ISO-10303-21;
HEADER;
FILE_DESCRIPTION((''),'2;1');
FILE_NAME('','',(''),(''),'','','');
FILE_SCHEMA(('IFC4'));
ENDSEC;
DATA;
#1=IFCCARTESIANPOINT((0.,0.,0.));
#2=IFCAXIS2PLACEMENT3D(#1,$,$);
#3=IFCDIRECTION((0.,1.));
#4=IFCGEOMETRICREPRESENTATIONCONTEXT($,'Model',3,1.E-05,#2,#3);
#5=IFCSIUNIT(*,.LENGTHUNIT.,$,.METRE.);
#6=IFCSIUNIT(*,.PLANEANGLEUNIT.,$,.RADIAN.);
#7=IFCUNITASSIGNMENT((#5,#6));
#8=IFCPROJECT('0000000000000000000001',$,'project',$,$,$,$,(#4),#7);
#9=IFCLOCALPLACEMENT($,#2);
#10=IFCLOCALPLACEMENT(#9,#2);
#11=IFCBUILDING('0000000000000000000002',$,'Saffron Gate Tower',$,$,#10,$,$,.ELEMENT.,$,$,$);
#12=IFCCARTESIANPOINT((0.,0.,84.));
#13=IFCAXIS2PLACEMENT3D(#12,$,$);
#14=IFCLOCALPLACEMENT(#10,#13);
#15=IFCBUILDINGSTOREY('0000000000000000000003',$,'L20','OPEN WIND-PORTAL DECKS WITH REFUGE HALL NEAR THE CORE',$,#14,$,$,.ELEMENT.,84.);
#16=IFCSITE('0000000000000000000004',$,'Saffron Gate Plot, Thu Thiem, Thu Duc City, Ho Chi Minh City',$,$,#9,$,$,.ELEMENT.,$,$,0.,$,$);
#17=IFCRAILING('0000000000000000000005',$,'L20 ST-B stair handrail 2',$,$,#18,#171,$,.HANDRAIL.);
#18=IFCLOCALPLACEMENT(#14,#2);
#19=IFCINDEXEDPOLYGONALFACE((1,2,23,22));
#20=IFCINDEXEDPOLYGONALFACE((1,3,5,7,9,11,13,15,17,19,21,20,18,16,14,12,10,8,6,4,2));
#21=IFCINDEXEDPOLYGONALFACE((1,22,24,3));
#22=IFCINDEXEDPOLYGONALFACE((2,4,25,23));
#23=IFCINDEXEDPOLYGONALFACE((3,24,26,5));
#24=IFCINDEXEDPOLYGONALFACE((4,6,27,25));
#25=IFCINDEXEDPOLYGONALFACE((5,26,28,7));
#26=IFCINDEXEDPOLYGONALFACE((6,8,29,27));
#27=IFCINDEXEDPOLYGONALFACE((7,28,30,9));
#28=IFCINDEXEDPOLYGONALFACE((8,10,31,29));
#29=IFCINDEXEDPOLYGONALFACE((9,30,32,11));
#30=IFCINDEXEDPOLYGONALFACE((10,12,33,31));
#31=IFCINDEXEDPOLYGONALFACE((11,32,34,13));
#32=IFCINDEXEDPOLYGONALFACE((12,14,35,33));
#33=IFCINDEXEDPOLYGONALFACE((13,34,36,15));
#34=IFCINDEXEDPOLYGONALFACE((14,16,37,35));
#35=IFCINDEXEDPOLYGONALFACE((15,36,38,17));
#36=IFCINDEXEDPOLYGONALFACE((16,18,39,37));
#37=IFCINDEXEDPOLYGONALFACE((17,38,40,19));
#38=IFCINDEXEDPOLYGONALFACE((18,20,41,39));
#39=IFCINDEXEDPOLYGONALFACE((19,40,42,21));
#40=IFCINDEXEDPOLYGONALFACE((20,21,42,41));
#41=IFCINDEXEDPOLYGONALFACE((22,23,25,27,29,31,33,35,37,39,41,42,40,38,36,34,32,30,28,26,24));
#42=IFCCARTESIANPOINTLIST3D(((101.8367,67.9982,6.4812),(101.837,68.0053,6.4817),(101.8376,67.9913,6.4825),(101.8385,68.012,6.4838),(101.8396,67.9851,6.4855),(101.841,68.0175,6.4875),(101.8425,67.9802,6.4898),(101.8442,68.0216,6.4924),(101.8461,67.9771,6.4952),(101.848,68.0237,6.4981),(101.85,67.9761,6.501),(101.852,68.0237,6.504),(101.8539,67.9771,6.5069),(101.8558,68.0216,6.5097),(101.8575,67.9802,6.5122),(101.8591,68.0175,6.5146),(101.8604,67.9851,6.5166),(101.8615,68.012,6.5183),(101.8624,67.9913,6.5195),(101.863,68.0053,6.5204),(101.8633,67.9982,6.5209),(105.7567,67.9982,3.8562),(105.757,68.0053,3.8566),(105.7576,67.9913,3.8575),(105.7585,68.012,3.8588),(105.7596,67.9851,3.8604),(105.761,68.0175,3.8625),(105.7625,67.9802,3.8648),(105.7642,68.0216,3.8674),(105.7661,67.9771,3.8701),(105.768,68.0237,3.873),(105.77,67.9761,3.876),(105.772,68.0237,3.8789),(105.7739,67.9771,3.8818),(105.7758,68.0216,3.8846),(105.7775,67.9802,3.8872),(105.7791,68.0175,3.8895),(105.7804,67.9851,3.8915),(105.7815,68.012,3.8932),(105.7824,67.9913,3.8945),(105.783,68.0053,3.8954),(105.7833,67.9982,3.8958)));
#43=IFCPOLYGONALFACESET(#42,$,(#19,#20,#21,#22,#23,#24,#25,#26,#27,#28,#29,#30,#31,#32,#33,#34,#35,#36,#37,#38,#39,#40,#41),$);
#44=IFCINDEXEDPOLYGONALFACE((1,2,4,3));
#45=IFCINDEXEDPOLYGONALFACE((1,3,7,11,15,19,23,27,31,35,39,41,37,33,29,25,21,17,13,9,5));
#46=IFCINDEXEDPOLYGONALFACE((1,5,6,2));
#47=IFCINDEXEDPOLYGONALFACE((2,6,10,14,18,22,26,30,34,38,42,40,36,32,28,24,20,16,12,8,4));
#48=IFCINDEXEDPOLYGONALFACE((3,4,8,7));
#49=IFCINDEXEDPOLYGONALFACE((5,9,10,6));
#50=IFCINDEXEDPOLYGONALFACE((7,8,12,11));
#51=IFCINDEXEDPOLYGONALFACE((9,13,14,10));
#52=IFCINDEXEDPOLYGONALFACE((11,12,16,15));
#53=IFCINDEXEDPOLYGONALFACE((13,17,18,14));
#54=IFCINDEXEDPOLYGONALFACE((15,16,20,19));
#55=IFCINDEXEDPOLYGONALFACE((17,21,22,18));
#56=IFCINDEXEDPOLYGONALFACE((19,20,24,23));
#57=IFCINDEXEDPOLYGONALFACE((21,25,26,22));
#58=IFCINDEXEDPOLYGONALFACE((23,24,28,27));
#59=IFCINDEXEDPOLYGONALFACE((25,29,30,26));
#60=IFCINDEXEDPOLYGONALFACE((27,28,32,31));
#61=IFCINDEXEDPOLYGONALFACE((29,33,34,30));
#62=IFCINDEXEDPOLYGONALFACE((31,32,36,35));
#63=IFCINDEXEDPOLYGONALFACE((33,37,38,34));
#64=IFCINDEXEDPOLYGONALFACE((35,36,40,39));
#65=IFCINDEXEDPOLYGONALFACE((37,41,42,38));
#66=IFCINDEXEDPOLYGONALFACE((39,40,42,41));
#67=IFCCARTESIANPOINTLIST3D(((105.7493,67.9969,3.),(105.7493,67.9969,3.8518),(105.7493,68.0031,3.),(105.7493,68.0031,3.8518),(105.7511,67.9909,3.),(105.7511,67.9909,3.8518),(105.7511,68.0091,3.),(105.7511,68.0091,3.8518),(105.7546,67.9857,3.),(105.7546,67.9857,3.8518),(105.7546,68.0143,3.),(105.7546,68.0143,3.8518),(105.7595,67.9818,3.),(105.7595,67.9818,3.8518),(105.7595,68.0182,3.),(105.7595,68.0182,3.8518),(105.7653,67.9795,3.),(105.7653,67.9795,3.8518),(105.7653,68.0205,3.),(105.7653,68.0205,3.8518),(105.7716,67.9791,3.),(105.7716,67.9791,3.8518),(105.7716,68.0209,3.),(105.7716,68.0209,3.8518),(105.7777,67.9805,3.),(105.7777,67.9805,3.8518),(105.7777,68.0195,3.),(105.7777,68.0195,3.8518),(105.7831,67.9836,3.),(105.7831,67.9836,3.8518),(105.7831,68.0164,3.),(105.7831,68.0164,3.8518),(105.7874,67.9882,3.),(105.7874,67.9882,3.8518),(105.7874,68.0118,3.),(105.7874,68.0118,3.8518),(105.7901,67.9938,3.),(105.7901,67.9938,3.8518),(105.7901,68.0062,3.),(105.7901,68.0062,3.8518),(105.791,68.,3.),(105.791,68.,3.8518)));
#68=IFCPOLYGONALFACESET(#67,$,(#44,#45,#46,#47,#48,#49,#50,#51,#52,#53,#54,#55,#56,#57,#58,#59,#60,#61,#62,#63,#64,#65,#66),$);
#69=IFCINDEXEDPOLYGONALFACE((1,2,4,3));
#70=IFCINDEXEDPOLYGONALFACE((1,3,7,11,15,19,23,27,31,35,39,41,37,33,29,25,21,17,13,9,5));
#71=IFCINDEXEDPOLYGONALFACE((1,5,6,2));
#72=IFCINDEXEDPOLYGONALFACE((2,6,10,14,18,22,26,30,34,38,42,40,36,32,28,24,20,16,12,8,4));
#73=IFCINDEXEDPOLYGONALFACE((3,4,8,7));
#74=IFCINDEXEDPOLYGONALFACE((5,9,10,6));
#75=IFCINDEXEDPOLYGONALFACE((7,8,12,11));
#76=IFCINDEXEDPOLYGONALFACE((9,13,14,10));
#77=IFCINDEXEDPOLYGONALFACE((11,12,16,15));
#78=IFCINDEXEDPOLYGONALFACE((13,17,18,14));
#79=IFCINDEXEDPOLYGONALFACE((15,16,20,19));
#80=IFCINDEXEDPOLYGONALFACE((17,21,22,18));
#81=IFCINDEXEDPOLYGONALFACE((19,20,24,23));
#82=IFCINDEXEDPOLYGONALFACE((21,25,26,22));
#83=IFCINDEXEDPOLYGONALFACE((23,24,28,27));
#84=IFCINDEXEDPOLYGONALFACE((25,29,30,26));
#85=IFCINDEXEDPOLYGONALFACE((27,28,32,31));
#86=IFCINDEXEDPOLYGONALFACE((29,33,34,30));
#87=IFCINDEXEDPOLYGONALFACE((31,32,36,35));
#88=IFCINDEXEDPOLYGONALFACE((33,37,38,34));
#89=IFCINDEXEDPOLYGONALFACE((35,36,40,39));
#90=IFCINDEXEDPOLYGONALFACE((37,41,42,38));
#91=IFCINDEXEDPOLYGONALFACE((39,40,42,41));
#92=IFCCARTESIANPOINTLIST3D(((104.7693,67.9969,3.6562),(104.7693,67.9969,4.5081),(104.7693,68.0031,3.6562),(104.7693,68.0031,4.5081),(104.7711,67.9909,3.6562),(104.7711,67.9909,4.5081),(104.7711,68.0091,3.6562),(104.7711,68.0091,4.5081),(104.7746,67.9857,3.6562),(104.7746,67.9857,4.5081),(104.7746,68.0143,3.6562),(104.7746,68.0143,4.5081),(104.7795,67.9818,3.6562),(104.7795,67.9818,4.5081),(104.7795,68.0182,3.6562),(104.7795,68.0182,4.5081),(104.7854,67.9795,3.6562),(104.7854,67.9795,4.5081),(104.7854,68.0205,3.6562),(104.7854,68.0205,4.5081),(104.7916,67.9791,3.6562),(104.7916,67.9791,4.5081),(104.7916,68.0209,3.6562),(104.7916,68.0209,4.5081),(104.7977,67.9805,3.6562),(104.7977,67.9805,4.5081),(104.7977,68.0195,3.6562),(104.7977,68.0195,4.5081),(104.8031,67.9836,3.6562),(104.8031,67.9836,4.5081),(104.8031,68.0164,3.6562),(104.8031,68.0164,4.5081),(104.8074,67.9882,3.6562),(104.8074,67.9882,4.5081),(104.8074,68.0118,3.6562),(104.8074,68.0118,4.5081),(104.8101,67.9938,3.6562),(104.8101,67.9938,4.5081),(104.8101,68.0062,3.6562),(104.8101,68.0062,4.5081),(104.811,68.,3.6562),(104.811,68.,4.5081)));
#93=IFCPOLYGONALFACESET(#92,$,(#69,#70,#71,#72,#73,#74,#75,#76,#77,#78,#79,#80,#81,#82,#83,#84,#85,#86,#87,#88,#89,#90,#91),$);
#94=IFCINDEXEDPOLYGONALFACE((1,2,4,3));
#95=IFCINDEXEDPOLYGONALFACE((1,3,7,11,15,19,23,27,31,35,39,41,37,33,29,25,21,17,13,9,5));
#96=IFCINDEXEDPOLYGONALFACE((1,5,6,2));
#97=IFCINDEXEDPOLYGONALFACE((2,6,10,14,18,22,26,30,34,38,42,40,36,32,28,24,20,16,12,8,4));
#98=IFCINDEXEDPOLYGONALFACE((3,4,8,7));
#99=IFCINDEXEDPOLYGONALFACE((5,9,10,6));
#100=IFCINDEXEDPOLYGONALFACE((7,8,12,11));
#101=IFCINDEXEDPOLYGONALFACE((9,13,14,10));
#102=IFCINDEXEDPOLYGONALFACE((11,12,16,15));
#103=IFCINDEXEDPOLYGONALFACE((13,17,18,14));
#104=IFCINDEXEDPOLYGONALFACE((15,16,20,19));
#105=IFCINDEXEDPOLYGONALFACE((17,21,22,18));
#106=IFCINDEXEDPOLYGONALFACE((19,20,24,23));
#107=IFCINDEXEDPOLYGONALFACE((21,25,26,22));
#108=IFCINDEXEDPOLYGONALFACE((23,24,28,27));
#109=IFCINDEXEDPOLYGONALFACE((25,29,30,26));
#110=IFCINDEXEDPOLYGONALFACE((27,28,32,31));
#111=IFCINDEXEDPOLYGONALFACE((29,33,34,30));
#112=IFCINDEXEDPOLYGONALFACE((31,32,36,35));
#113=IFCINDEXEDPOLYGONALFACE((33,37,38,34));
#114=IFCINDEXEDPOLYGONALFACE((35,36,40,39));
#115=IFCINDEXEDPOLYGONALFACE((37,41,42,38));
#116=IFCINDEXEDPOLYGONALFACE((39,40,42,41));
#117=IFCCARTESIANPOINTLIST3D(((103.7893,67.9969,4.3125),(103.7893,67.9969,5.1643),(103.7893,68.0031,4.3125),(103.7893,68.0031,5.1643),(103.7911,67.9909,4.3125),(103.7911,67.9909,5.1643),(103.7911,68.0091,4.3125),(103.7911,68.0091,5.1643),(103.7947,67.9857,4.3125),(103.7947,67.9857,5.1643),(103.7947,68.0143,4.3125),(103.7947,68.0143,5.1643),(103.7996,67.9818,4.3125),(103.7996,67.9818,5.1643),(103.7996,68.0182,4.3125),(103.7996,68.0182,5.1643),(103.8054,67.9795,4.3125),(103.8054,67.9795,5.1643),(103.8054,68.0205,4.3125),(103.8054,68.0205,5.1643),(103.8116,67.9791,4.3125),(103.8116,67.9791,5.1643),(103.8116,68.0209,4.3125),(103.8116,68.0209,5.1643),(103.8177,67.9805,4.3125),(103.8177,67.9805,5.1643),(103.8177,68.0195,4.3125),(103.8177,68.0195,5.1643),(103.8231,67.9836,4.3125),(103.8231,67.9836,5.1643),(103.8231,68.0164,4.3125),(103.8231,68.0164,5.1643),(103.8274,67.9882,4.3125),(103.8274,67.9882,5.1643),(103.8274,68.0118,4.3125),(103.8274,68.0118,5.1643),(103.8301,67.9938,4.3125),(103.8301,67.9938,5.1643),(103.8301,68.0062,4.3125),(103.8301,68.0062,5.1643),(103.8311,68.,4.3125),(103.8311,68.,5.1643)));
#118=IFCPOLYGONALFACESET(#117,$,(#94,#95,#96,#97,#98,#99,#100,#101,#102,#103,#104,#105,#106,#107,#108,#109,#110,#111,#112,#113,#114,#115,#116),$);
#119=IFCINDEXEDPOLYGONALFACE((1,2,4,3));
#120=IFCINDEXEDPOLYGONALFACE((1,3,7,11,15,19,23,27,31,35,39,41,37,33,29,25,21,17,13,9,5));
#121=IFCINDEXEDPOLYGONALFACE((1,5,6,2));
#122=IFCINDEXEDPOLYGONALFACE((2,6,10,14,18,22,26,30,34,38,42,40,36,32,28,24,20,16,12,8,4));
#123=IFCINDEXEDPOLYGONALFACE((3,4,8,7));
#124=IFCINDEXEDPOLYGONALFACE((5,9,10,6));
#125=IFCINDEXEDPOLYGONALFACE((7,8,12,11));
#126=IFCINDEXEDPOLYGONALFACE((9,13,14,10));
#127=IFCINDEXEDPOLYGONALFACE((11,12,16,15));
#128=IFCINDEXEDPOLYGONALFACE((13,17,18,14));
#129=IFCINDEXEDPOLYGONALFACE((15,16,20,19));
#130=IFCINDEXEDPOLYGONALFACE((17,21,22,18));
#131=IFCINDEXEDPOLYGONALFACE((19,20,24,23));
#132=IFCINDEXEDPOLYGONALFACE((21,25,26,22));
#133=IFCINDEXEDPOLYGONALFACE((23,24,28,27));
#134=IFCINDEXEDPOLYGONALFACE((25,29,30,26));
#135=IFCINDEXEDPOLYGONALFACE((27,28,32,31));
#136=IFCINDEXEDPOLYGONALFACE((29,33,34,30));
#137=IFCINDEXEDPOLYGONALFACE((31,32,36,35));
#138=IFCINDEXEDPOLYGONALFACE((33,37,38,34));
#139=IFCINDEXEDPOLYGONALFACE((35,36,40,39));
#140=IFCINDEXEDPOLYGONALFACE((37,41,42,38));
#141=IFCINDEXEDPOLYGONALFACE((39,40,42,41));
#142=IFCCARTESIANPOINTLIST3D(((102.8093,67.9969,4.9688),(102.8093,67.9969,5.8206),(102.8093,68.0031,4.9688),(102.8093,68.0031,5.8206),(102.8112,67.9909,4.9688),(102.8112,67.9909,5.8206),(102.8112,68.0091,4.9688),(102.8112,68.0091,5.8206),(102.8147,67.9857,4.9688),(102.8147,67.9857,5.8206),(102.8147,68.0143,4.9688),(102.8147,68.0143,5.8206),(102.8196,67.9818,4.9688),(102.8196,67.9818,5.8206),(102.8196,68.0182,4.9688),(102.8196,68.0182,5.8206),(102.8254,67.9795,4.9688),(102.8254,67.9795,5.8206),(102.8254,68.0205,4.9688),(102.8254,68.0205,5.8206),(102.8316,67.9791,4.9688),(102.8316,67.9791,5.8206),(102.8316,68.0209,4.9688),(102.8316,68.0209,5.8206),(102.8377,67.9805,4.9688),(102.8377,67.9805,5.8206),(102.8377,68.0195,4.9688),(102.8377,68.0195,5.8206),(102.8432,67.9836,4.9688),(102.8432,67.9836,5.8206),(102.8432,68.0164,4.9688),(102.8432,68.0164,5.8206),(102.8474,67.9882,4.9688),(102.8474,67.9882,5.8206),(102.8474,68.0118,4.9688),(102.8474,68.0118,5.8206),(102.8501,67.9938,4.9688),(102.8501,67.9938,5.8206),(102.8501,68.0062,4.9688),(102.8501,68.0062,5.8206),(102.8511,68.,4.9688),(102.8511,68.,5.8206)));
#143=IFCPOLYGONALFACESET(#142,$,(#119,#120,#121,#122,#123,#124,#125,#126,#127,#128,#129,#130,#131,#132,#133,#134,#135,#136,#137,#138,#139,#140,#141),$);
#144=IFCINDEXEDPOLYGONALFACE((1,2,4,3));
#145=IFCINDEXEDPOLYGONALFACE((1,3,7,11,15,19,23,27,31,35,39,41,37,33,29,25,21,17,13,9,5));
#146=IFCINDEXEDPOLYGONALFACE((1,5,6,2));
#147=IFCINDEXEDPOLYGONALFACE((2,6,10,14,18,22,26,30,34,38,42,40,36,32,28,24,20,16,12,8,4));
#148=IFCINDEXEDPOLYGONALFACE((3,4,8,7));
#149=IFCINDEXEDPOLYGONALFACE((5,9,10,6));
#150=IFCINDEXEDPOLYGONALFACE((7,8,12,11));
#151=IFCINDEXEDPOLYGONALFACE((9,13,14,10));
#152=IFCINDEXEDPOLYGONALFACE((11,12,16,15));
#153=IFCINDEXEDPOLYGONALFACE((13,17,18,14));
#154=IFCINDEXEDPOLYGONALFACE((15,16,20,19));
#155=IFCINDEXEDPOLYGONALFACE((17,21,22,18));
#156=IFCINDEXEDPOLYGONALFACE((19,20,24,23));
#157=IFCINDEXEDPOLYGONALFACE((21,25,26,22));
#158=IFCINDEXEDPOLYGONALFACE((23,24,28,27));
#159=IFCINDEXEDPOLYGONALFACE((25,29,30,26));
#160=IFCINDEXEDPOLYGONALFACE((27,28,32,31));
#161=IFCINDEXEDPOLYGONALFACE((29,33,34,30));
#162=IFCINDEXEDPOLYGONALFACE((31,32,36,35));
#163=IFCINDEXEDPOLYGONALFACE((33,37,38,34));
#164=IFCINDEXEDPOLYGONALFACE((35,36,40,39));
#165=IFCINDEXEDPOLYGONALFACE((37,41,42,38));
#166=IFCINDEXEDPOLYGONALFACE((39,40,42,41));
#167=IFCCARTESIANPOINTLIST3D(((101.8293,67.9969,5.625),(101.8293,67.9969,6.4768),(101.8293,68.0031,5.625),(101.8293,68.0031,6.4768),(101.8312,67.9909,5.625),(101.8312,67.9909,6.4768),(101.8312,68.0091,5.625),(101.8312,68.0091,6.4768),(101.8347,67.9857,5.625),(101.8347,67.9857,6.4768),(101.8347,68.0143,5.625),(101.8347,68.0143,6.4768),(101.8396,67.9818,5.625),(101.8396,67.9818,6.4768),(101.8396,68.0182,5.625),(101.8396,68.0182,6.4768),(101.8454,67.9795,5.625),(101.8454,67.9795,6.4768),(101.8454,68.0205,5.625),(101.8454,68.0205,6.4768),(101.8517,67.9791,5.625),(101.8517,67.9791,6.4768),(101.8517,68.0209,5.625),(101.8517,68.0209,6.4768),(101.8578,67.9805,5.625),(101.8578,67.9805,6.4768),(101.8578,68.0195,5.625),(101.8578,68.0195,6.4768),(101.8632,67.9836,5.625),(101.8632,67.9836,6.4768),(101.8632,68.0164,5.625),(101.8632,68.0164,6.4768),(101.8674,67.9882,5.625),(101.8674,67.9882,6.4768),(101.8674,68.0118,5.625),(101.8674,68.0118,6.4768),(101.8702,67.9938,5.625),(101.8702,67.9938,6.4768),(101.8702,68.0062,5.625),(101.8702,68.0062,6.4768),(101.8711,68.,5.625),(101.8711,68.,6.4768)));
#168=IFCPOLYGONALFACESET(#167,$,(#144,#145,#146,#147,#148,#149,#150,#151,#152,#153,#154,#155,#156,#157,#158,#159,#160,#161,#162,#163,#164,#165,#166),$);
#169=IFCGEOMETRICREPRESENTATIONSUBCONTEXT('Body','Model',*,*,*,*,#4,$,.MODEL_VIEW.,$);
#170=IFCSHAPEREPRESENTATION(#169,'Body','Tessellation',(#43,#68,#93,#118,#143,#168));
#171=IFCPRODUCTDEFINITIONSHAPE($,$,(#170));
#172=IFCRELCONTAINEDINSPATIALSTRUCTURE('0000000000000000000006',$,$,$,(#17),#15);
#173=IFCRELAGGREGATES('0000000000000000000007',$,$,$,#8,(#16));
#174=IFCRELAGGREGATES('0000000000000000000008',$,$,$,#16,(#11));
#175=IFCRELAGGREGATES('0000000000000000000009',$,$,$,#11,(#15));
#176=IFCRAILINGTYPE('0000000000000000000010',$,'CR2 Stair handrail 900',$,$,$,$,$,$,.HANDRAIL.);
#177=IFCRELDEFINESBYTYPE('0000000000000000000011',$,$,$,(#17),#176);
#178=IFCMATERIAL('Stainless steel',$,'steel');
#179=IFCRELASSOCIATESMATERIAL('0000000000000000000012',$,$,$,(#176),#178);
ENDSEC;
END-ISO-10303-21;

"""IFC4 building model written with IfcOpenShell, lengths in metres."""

from ifc_helpers import new_model, si_unit, direction, frame, origin, origin_2d, place, context, subcontext, project, spatial, circle, extrude, material, type_object, element, save


model = new_model("IFC4")

# Units and contexts
model_context = context("Model", 3, precision=1e-05, world=origin(), true_north=direction((0.0, 1.0)))
body_context = subcontext(model_context, "Body", "Model", "MODEL_VIEW")
ifc_project = project(units=[si_unit("LENGTHUNIT", "METRE"), si_unit("PLANEANGLEUNIT", "RADIAN")], contexts=[model_context])

# Site, building, storey
site_placement = place(None, origin())
site = spatial("IfcSite", under=ifc_project, at=site_placement, Name="Saffron Gate Plot, Thu Thiem, Thu Duc City, Ho Chi Minh City", CompositionType="ELEMENT", RefElevation=0.0)
building_placement = place(site_placement, origin())
building = spatial("IfcBuilding", under=site, at=building_placement, Name="Saffron Gate Tower", CompositionType="ELEMENT")
storey_placement = place(building_placement, frame((0.0, 0.0, 84.0)))
storey = spatial("IfcBuildingStorey", under=building, at=storey_placement, Name="L20", Description="OPEN WIND-PORTAL DECKS WITH REFUGE HALL NEAR THE CORE", CompositionType="ELEMENT", Elevation=84.0)

# Railing
ifc_material_1 = material(Name="Stainless steel", Category="steel")
railing_type_1 = type_object("IfcRailingType", Name="CR2 Stair handrail 900", PredefinedType="HANDRAIL", material=ifc_material_1)
railing_1_placement = place(storey_placement, frame((105.77, 68.0, 3.0)))
element("IfcRailing", 1, at=railing_1_placement, inside=storey, type_object=railing_type_1, Name="L20 ST-B stair handrail 2", PredefinedType="HANDRAIL", context=body_context, shape_type="SweptSolid", body=[
    extrude(circle(Radius=0.0239, at=origin_2d()), frame((0.0, 0.0, 0.876), z_axis=(-0.830902, 0.0, 0.556419), x_axis=(0.0, -1.0, 0.0)), (0.0, 0.0, 1.0), 4.7178),
    extrude(circle(Radius=0.021, at=origin_2d()), origin(), (0.0, 0.0, 1.0), 0.8518),
    extrude(circle(Radius=0.021, at=origin_2d()), frame((-0.98, 0.0, 0.6562)), (0.0, 0.0, 1.0), 0.8518),
    extrude(circle(Radius=0.021, at=origin_2d()), frame((-1.96, 0.0, 1.3125)), (0.0, 0.0, 1.0), 0.8518),
    extrude(circle(Radius=0.021, at=origin_2d()), frame((-2.9399, 0.0, 1.9688)), (0.0, 0.0, 1.0), 0.8518),
    extrude(circle(Radius=0.021, at=origin_2d()), frame((-3.9199, 0.0, 2.625)), (0.0, 0.0, 1.0), 0.8518),
])

save(model, "model.ifc")
